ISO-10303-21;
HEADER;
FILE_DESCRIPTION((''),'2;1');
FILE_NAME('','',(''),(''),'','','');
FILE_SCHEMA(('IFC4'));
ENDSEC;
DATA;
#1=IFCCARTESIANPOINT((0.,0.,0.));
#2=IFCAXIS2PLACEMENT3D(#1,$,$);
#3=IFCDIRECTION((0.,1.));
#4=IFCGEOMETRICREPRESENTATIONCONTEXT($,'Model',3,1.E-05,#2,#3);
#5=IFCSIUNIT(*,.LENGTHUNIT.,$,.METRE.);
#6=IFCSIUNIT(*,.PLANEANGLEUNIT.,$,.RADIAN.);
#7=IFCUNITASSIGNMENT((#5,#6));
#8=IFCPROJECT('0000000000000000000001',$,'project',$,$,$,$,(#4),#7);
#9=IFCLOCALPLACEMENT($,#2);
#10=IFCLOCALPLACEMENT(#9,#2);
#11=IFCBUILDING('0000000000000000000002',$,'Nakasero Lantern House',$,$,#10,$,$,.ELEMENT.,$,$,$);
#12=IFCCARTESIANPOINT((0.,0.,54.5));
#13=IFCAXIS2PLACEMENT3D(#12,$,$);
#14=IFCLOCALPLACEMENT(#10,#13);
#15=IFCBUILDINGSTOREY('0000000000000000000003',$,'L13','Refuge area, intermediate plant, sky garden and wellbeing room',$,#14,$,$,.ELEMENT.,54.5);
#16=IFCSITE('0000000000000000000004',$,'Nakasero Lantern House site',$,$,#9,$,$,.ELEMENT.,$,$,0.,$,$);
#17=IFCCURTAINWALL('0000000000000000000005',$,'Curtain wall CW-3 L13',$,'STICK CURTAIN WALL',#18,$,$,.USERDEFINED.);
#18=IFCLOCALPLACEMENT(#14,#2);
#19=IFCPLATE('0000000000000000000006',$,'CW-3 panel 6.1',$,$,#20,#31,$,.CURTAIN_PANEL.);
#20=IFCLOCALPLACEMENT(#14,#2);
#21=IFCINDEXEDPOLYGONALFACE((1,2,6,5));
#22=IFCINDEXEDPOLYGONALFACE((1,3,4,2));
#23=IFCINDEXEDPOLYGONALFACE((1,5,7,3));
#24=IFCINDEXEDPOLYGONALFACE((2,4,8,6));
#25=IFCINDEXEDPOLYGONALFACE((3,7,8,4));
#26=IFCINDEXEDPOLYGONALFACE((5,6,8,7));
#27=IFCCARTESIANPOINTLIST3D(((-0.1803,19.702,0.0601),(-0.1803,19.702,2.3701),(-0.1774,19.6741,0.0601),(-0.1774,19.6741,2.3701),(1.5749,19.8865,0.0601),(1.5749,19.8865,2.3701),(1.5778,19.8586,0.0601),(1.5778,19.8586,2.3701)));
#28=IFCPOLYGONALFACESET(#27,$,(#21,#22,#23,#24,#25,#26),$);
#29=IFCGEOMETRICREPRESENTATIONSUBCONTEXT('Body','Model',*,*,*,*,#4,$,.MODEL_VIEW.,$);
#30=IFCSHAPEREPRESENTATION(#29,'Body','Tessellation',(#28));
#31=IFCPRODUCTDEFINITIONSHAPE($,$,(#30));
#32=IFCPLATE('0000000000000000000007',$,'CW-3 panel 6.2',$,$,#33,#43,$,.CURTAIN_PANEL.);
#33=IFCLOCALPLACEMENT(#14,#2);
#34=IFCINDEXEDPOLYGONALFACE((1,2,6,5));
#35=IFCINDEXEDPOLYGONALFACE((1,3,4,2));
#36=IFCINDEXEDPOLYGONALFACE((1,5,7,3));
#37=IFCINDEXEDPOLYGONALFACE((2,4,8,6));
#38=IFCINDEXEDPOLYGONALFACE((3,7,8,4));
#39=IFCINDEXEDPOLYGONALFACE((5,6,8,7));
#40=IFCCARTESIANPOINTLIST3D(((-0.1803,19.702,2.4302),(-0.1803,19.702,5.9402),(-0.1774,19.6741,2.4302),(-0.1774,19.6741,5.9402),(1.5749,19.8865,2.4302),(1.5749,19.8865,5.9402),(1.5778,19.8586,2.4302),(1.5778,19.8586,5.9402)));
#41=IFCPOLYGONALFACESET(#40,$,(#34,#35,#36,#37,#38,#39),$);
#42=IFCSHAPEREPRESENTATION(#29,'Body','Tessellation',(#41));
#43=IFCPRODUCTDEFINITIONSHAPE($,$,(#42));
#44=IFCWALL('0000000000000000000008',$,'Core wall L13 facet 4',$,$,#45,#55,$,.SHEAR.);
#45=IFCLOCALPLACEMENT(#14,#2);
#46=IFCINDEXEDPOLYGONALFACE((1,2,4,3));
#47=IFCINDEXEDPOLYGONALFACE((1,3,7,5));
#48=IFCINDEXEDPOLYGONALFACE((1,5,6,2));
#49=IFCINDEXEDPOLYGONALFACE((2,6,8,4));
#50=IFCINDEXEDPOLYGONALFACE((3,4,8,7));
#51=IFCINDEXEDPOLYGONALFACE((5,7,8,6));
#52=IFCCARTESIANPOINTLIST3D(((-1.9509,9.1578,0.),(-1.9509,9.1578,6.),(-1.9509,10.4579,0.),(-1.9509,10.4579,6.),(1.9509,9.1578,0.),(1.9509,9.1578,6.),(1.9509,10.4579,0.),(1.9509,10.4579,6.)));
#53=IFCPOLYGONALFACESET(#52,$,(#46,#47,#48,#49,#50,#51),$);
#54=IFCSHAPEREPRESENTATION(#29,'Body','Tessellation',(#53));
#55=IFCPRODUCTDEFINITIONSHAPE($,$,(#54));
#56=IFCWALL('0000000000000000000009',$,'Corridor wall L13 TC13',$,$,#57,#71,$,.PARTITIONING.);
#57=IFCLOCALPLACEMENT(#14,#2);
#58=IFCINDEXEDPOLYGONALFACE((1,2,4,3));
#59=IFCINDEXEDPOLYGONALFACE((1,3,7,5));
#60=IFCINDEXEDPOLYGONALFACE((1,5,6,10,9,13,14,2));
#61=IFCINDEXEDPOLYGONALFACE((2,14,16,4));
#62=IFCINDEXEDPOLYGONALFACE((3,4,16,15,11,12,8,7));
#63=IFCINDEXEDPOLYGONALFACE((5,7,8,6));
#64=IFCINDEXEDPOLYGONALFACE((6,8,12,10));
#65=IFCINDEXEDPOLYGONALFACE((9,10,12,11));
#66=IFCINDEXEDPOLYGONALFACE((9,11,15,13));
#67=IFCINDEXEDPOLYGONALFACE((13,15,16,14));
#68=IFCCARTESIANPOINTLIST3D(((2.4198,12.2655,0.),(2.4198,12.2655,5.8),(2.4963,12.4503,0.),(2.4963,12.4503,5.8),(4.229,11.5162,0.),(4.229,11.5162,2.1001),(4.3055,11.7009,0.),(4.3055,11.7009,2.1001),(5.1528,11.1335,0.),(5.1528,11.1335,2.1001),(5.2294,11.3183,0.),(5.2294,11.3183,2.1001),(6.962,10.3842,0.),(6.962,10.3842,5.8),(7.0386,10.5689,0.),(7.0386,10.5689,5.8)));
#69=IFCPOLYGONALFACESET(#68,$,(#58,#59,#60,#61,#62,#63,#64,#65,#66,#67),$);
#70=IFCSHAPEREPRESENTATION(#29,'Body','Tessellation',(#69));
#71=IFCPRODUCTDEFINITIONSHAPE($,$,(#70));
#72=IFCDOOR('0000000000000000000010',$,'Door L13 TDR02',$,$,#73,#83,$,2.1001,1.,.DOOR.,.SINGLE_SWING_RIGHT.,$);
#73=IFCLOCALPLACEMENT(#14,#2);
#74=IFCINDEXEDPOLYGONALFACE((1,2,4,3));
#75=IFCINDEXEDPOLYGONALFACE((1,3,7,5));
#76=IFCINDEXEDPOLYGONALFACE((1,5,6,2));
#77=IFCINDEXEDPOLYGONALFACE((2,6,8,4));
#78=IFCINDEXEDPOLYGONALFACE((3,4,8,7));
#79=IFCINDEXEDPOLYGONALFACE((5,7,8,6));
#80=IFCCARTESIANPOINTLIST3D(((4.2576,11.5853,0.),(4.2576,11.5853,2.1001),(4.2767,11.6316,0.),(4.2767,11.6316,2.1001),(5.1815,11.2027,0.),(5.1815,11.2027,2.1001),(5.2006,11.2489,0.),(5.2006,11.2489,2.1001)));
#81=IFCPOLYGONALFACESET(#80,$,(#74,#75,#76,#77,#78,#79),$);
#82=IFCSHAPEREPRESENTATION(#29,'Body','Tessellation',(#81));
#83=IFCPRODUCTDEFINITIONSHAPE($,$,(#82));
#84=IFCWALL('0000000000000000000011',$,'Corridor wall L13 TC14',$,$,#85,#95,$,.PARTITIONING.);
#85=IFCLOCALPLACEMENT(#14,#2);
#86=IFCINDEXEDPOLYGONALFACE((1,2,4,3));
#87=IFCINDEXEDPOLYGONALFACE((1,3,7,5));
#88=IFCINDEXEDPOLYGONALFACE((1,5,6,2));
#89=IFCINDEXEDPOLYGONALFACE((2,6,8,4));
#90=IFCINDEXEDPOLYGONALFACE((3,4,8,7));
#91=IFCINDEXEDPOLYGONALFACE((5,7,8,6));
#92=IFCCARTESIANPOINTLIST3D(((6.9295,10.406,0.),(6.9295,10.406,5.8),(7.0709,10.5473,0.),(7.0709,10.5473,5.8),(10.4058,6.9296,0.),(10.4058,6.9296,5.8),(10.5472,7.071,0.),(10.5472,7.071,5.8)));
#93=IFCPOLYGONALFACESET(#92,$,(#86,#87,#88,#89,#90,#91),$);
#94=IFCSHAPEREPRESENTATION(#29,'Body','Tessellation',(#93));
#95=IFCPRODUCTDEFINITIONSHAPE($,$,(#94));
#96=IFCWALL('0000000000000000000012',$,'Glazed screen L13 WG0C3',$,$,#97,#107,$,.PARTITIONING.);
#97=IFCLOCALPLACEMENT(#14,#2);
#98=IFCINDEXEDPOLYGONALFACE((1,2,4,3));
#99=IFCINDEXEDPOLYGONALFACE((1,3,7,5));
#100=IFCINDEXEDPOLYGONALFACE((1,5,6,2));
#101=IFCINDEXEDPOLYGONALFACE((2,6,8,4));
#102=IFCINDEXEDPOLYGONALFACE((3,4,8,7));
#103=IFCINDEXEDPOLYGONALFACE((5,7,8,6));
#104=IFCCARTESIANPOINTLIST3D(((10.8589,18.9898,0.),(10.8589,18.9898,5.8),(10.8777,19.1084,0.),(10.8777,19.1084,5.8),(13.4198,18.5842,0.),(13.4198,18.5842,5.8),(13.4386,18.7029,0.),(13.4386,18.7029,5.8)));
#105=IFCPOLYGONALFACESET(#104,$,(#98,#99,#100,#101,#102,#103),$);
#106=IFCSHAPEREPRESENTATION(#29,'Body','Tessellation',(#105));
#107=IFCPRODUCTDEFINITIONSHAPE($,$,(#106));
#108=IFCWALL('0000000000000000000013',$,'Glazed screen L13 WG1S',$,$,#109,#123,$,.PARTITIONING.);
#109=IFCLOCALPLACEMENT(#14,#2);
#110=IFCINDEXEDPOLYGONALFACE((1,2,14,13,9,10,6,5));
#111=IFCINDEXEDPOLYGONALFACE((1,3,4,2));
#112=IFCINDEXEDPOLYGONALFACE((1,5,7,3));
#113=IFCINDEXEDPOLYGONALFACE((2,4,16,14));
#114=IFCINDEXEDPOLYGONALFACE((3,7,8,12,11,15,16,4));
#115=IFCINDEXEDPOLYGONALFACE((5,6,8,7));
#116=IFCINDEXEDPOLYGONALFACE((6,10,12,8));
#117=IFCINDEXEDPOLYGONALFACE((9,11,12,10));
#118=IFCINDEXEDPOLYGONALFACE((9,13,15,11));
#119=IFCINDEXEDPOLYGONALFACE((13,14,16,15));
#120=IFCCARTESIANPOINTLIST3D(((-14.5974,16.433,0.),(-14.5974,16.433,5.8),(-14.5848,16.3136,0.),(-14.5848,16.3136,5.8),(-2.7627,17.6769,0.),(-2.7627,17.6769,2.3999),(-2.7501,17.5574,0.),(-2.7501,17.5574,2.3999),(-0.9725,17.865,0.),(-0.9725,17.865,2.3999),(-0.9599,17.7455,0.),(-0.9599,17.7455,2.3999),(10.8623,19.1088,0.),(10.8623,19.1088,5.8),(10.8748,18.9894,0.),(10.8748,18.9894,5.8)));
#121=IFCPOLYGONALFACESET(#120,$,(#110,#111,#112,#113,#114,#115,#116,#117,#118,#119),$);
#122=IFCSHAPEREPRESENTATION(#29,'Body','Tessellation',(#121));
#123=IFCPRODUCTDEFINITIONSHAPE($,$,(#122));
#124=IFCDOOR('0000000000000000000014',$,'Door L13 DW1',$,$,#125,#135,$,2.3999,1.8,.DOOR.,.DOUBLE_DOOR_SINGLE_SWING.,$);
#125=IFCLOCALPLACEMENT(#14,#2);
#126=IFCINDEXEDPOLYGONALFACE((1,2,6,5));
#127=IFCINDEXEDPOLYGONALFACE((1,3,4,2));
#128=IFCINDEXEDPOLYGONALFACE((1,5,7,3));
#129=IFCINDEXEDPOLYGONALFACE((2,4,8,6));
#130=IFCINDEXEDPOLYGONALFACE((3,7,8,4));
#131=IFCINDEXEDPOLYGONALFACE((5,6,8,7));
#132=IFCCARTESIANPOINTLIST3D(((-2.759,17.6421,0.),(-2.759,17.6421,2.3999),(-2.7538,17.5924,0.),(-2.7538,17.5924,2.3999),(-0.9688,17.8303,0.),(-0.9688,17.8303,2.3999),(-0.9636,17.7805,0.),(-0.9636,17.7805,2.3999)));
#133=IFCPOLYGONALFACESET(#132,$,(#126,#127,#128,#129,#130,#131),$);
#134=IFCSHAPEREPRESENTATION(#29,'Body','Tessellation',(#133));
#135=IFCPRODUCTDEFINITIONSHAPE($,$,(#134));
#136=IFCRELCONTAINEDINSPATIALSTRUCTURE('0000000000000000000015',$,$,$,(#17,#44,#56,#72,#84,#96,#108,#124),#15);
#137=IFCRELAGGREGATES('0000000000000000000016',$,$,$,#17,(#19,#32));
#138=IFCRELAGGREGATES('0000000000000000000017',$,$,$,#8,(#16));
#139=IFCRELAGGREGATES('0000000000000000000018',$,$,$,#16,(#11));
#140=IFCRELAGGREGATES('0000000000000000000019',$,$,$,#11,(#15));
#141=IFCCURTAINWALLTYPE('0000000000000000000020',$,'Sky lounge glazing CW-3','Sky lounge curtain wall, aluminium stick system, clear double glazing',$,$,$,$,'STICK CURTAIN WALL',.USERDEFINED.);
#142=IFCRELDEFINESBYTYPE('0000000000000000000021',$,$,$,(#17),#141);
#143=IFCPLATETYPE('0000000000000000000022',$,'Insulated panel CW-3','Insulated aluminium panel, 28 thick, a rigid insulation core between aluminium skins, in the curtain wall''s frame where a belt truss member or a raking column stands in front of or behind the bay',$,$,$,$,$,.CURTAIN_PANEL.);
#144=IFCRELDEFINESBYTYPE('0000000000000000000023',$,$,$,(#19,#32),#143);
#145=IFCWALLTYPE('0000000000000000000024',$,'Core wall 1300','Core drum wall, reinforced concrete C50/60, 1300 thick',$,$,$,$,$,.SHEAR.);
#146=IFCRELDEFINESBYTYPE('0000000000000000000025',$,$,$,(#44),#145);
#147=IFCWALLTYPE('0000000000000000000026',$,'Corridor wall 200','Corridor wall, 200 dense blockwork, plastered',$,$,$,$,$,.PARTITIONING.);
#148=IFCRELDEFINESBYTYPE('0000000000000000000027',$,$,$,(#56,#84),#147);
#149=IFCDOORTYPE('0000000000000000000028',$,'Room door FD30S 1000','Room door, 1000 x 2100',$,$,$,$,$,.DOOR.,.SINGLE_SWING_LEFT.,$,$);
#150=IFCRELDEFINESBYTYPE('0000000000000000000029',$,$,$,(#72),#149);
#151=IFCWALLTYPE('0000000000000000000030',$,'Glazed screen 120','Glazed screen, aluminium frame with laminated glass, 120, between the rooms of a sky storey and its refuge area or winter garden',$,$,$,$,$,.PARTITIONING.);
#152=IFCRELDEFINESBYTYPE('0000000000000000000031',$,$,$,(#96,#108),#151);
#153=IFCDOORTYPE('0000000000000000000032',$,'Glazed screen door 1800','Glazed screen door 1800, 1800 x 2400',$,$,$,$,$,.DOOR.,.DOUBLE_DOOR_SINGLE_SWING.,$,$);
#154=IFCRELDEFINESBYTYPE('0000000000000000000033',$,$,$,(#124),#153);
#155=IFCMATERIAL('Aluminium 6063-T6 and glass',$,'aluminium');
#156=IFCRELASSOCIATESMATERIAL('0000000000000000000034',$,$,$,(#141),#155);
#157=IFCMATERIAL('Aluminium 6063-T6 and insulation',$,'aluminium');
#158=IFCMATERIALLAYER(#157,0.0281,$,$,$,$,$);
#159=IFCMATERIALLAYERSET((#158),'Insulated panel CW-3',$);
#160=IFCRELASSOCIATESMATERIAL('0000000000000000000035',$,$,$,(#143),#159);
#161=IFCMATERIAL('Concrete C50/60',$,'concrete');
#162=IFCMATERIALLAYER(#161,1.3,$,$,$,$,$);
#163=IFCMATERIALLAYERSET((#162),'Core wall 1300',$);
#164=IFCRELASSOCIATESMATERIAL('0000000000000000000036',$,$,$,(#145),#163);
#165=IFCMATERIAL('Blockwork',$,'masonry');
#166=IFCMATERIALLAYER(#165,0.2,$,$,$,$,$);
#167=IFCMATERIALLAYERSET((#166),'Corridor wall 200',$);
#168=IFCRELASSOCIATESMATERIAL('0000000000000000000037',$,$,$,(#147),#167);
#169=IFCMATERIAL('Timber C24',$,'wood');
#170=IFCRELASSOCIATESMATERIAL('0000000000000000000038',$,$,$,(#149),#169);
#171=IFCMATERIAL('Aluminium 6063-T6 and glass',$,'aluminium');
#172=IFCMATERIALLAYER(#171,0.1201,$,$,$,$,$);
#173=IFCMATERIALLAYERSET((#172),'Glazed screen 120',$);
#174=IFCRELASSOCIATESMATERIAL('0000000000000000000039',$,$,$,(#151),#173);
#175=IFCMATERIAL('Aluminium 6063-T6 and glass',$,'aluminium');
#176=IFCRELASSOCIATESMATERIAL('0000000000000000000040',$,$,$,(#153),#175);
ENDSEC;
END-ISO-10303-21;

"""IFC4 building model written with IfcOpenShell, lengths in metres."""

from ifc_helpers import new_model, si_unit, direction, frame, frame_2d, origin, origin_2d, place, context, subcontext, project, spatial, rectangle, extrude, material, layer, layer_set, type_object, element, fill, aggregate, save


model = new_model("IFC4")

# Units and contexts
model_context = context("Model", 3, precision=1e-05, world=origin(), true_north=direction((0.0, 1.0)))
body_context = subcontext(model_context, "Body", "Model", "MODEL_VIEW")
ifc_project = project(units=[si_unit("LENGTHUNIT", "METRE"), si_unit("PLANEANGLEUNIT", "RADIAN")], contexts=[model_context])

# Site, building, storey
site_placement = place(None, origin())
site = spatial("IfcSite", under=ifc_project, at=site_placement, Name="Nakasero Lantern House site", CompositionType="ELEMENT", RefElevation=0.0)
building_placement = place(site_placement, origin())
building = spatial("IfcBuilding", under=site, at=building_placement, Name="Nakasero Lantern House", CompositionType="ELEMENT")
storey_placement = place(building_placement, frame((0.0, 0.0, 54.5)))
storey = spatial("IfcBuildingStorey", under=building, at=storey_placement, Name="L13", Description="Refuge area, intermediate plant, sky garden and wellbeing room", CompositionType="ELEMENT", Elevation=54.5)

# Curtain wall
ifc_material_1 = material(Name="Aluminium 6063-T6 and glass", Category="aluminium")
curtain_wall_type = type_object("IfcCurtainWallType", Name="Sky lounge glazing CW-3", Description="Sky lounge curtain wall, aluminium stick system, clear double glazing", ElementType="STICK CURTAIN WALL", PredefinedType="USERDEFINED", material=ifc_material_1)
curtain_wall_1_placement = place(storey_placement, origin())
curtain_wall_1 = element("IfcCurtainWall", 1, at=curtain_wall_1_placement, inside=storey, type_object=curtain_wall_type, Name="Curtain wall CW-3 L13", ObjectType="STICK CURTAIN WALL", PredefinedType="USERDEFINED")

# Shared definitions
ifc_material_2 = material(Name="Aluminium 6063-T6 and insulation", Category="aluminium")
ifc_layer_1 = layer(ifc_material_2, 0.0281)
ifc_layer_set_1 = layer_set([ifc_layer_1], Name="Insulated panel CW-3")
plate_type_1 = type_object("IfcPlateType", Name="Insulated panel CW-3", Description="Insulated aluminium panel, 28 thick, a rigid insulation core between aluminium skins, in the curtain wall's frame where a belt truss member or a raking column stands in front of or behind the bay", PredefinedType="CURTAIN_PANEL", material=ifc_layer_set_1)

# Plates
plate_1_placement = place(storey_placement, frame((0.6987, 19.7803, 0.0601), z_axis=(0.0, 0.0, 1.0), x_axis=(-0.994522, -0.104528, 0.0)))
plate_1 = element("IfcPlate", 2, at=plate_1_placement, type_object=plate_type_1, Name="CW-3 panel 6.1", PredefinedType="CURTAIN_PANEL", context=body_context, shape_type="SweptSolid", body=[
    extrude(rectangle(XDim=1.7649, YDim=0.0281, at=origin_2d()), origin(), (0.0, 0.0, 1.0), 2.3101),
])
plate_2_placement = place(storey_placement, frame((0.6987, 19.7803, 2.4302), z_axis=(0.0, 0.0, 1.0), x_axis=(-0.994522, -0.104528, 0.0)))
plate_2 = element("IfcPlate", 3, at=plate_2_placement, type_object=plate_type_1, Name="CW-3 panel 6.2", PredefinedType="CURTAIN_PANEL", context=body_context, shape_type="SweptSolid", body=[
    extrude(rectangle(XDim=1.7649, YDim=0.0281, at=origin_2d()), origin(), (0.0, 0.0, 1.0), 3.51),
])
aggregate(curtain_wall_1, [plate_1, plate_2])

# Wall
ifc_material_3 = material(Name="Concrete C50/60", Category="concrete")
ifc_layer_2 = layer(ifc_material_3, 1.3)
ifc_layer_set_2 = layer_set([ifc_layer_2], Name="Core wall 1300")
wall_type_1 = type_object("IfcWallType", Name="Core wall 1300", Description="Core drum wall, reinforced concrete C50/60, 1300 thick", PredefinedType="SHEAR", material=ifc_layer_set_2)
wall_1_placement = place(storey_placement, frame((1.9509, 9.8079, 0.0), z_axis=(0.0, 0.0, 1.0), x_axis=(-1.0, 0.0, 0.0)))
element("IfcWall", 4, at=wall_1_placement, inside=storey, type_object=wall_type_1, Name="Core wall L13 facet 4", PredefinedType="SHEAR", context=body_context, shape_type="SweptSolid", body=[
    extrude(rectangle(XDim=3.9019, YDim=1.3, at=frame_2d((1.9509, 0.0))), origin(), (0.0, 0.0, 1.0), 6.0),
])

# Wall, opening, door
ifc_material_4 = material(Name="Blockwork", Category="masonry")
ifc_layer_3 = layer(ifc_material_4, 0.2)
ifc_layer_set_3 = layer_set([ifc_layer_3], Name="Corridor wall 200")
wall_type_2 = type_object("IfcWallType", Name="Corridor wall 200", Description="Corridor wall, 200 dense blockwork, plastered", PredefinedType="PARTITIONING", material=ifc_layer_set_3)
wall_2_placement = place(storey_placement, frame((2.458, 12.3579, 0.0), z_axis=(0.0, 0.0, 1.0), x_axis=(0.923887, -0.382665, 0.0)))
wall_2 = element("IfcWall", 5, at=wall_2_placement, inside=storey, type_object=wall_type_2, Name="Corridor wall L13 TC13", PredefinedType="PARTITIONING", context=body_context, shape_type="SweptSolid", body=[
    extrude(rectangle(XDim=4.9165, YDim=0.2, at=frame_2d((2.4583, 0.0))), origin(), (0.0, 0.0, 1.0), 5.8),
])
opening_1_placement = place(wall_2_placement, frame((1.9583, 0.0, 0.0)))
opening_1 = element("IfcOpeningElement", 6, at=opening_1_placement, cuts=wall_2, PredefinedType="OPENING", context=body_context, shape_type="SweptSolid", body=[
    extrude(rectangle(XDim=1.0, YDim=2.1001, at=frame_2d((0.5, 1.05))), frame((0.0, 0.1199, 0.0), z_axis=(0.0, -1.0, 0.0), x_axis=(1.0, 0.0, 0.0)), (0.0, 0.0, 1.0), 0.24),
])
ifc_material_5 = material(Name="Timber C24", Category="wood")
door_type_1 = type_object("IfcDoorType", Name="Room door FD30S 1000", Description="Room door, 1000 x 2100", OperationType="SINGLE_SWING_LEFT", PredefinedType="DOOR", material=ifc_material_5)
door_1_placement = place(opening_1_placement, origin())
door_1 = element("IfcDoor", 7, at=door_1_placement, inside=storey, type_object=door_type_1, Name="Door L13 TDR02", OperationType="SINGLE_SWING_RIGHT", OverallHeight=2.1001, OverallWidth=1.0, PredefinedType="DOOR", context=body_context, shape_type="SweptSolid", body=[
    extrude(rectangle(XDim=1.0, YDim=2.1001, at=frame_2d((0.5, 1.05))), frame((0.0, 0.0249, 0.0), z_axis=(0.0, -1.0, 0.0), x_axis=(1.0, 0.0, 0.0)), (0.0, 0.0, 1.0), 0.05),
])
fill(opening_1, door_1)

# Walls
wall_3_placement = place(storey_placement, frame((7.0002, 10.4766, 0.0), z_axis=(0.0, 0.0, 1.0), x_axis=(0.707107, -0.707107, 0.0)))
element("IfcWall", 8, at=wall_3_placement, inside=storey, type_object=wall_type_2, Name="Corridor wall L13 TC14", PredefinedType="PARTITIONING", context=body_context, shape_type="SweptSolid", body=[
    extrude(rectangle(XDim=4.9163, YDim=0.2, at=frame_2d((2.458, 0.0))), origin(), (0.0, 0.0, 1.0), 5.8),
])
ifc_material_6 = material(Name="Aluminium 6063-T6 and glass", Category="aluminium")
ifc_layer_4 = layer(ifc_material_6, 0.1201)
ifc_layer_set_4 = layer_set([ifc_layer_4], Name="Glazed screen 120")
wall_type_3 = type_object("IfcWallType", Name="Glazed screen 120", Description="Glazed screen, aluminium frame with laminated glass, 120, between the rooms of a sky storey and its refuge area or winter garden", PredefinedType="PARTITIONING", material=ifc_layer_set_4)
wall_4_placement = place(storey_placement, frame((13.4292, 18.6436, 0.0), z_axis=(0.0, 0.0, 1.0), x_axis=(-0.987693, 0.156407, 0.0)))
element("IfcWall", 9, at=wall_4_placement, inside=storey, type_object=wall_type_3, Name="Glazed screen L13 WG0C3", PredefinedType="PARTITIONING", context=body_context, shape_type="SweptSolid", body=[
    extrude(rectangle(XDim=2.5928, YDim=0.1201, at=frame_2d((1.2964, 0.0))), origin(), (0.0, 0.0, 1.0), 5.8),
])

# Wall, opening, door
wall_5_placement = place(storey_placement, frame((10.8684, 19.0491, 0.0), z_axis=(0.0, 0.0, 1.0), x_axis=(-0.994522, -0.104523, 0.0)))
wall_5 = element("IfcWall", 10, at=wall_5_placement, inside=storey, type_object=wall_type_3, Name="Glazed screen L13 WG1S", PredefinedType="PARTITIONING", context=body_context, shape_type="SweptSolid", body=[
    extrude(rectangle(XDim=25.5999, YDim=0.1201, at=frame_2d((12.7998, 0.0))), origin(), (0.0, 0.0, 1.0), 5.8),
])
opening_2_placement = place(wall_5_placement, frame((11.8999, 0.0, 0.0)))
opening_2 = element("IfcOpeningElement", 11, at=opening_2_placement, cuts=wall_5, PredefinedType="OPENING", context=body_context, shape_type="SweptSolid", body=[
    extrude(rectangle(XDim=1.8, YDim=2.3999, at=frame_2d((0.8999, 1.2))), frame((0.0, 0.0801, 0.0), z_axis=(0.0, -1.0, 0.0), x_axis=(1.0, 0.0, 0.0)), (0.0, 0.0, 1.0), 0.1602),
])
ifc_material_7 = material(Name="Aluminium 6063-T6 and glass", Category="aluminium")
door_type_2 = type_object("IfcDoorType", Name="Glazed screen door 1800", Description="Glazed screen door 1800, 1800 x 2400", OperationType="DOUBLE_DOOR_SINGLE_SWING", PredefinedType="DOOR", material=ifc_material_7)
door_2_placement = place(opening_2_placement, origin())
door_2 = element("IfcDoor", 12, at=door_2_placement, inside=storey, type_object=door_type_2, Name="Door L13 DW1", OperationType="DOUBLE_DOOR_SINGLE_SWING", OverallHeight=2.3999, OverallWidth=1.8, PredefinedType="DOOR", context=body_context, shape_type="SweptSolid", body=[
    extrude(rectangle(XDim=1.8, YDim=2.3999, at=frame_2d((0.8999, 1.2))), frame((0.0, 0.0249, 0.0), z_axis=(0.0, -1.0, 0.0), x_axis=(1.0, 0.0, 0.0)), (0.0, 0.0, 1.0), 0.05),
])
fill(opening_2, door_2)

save(model, "model.ifc")
